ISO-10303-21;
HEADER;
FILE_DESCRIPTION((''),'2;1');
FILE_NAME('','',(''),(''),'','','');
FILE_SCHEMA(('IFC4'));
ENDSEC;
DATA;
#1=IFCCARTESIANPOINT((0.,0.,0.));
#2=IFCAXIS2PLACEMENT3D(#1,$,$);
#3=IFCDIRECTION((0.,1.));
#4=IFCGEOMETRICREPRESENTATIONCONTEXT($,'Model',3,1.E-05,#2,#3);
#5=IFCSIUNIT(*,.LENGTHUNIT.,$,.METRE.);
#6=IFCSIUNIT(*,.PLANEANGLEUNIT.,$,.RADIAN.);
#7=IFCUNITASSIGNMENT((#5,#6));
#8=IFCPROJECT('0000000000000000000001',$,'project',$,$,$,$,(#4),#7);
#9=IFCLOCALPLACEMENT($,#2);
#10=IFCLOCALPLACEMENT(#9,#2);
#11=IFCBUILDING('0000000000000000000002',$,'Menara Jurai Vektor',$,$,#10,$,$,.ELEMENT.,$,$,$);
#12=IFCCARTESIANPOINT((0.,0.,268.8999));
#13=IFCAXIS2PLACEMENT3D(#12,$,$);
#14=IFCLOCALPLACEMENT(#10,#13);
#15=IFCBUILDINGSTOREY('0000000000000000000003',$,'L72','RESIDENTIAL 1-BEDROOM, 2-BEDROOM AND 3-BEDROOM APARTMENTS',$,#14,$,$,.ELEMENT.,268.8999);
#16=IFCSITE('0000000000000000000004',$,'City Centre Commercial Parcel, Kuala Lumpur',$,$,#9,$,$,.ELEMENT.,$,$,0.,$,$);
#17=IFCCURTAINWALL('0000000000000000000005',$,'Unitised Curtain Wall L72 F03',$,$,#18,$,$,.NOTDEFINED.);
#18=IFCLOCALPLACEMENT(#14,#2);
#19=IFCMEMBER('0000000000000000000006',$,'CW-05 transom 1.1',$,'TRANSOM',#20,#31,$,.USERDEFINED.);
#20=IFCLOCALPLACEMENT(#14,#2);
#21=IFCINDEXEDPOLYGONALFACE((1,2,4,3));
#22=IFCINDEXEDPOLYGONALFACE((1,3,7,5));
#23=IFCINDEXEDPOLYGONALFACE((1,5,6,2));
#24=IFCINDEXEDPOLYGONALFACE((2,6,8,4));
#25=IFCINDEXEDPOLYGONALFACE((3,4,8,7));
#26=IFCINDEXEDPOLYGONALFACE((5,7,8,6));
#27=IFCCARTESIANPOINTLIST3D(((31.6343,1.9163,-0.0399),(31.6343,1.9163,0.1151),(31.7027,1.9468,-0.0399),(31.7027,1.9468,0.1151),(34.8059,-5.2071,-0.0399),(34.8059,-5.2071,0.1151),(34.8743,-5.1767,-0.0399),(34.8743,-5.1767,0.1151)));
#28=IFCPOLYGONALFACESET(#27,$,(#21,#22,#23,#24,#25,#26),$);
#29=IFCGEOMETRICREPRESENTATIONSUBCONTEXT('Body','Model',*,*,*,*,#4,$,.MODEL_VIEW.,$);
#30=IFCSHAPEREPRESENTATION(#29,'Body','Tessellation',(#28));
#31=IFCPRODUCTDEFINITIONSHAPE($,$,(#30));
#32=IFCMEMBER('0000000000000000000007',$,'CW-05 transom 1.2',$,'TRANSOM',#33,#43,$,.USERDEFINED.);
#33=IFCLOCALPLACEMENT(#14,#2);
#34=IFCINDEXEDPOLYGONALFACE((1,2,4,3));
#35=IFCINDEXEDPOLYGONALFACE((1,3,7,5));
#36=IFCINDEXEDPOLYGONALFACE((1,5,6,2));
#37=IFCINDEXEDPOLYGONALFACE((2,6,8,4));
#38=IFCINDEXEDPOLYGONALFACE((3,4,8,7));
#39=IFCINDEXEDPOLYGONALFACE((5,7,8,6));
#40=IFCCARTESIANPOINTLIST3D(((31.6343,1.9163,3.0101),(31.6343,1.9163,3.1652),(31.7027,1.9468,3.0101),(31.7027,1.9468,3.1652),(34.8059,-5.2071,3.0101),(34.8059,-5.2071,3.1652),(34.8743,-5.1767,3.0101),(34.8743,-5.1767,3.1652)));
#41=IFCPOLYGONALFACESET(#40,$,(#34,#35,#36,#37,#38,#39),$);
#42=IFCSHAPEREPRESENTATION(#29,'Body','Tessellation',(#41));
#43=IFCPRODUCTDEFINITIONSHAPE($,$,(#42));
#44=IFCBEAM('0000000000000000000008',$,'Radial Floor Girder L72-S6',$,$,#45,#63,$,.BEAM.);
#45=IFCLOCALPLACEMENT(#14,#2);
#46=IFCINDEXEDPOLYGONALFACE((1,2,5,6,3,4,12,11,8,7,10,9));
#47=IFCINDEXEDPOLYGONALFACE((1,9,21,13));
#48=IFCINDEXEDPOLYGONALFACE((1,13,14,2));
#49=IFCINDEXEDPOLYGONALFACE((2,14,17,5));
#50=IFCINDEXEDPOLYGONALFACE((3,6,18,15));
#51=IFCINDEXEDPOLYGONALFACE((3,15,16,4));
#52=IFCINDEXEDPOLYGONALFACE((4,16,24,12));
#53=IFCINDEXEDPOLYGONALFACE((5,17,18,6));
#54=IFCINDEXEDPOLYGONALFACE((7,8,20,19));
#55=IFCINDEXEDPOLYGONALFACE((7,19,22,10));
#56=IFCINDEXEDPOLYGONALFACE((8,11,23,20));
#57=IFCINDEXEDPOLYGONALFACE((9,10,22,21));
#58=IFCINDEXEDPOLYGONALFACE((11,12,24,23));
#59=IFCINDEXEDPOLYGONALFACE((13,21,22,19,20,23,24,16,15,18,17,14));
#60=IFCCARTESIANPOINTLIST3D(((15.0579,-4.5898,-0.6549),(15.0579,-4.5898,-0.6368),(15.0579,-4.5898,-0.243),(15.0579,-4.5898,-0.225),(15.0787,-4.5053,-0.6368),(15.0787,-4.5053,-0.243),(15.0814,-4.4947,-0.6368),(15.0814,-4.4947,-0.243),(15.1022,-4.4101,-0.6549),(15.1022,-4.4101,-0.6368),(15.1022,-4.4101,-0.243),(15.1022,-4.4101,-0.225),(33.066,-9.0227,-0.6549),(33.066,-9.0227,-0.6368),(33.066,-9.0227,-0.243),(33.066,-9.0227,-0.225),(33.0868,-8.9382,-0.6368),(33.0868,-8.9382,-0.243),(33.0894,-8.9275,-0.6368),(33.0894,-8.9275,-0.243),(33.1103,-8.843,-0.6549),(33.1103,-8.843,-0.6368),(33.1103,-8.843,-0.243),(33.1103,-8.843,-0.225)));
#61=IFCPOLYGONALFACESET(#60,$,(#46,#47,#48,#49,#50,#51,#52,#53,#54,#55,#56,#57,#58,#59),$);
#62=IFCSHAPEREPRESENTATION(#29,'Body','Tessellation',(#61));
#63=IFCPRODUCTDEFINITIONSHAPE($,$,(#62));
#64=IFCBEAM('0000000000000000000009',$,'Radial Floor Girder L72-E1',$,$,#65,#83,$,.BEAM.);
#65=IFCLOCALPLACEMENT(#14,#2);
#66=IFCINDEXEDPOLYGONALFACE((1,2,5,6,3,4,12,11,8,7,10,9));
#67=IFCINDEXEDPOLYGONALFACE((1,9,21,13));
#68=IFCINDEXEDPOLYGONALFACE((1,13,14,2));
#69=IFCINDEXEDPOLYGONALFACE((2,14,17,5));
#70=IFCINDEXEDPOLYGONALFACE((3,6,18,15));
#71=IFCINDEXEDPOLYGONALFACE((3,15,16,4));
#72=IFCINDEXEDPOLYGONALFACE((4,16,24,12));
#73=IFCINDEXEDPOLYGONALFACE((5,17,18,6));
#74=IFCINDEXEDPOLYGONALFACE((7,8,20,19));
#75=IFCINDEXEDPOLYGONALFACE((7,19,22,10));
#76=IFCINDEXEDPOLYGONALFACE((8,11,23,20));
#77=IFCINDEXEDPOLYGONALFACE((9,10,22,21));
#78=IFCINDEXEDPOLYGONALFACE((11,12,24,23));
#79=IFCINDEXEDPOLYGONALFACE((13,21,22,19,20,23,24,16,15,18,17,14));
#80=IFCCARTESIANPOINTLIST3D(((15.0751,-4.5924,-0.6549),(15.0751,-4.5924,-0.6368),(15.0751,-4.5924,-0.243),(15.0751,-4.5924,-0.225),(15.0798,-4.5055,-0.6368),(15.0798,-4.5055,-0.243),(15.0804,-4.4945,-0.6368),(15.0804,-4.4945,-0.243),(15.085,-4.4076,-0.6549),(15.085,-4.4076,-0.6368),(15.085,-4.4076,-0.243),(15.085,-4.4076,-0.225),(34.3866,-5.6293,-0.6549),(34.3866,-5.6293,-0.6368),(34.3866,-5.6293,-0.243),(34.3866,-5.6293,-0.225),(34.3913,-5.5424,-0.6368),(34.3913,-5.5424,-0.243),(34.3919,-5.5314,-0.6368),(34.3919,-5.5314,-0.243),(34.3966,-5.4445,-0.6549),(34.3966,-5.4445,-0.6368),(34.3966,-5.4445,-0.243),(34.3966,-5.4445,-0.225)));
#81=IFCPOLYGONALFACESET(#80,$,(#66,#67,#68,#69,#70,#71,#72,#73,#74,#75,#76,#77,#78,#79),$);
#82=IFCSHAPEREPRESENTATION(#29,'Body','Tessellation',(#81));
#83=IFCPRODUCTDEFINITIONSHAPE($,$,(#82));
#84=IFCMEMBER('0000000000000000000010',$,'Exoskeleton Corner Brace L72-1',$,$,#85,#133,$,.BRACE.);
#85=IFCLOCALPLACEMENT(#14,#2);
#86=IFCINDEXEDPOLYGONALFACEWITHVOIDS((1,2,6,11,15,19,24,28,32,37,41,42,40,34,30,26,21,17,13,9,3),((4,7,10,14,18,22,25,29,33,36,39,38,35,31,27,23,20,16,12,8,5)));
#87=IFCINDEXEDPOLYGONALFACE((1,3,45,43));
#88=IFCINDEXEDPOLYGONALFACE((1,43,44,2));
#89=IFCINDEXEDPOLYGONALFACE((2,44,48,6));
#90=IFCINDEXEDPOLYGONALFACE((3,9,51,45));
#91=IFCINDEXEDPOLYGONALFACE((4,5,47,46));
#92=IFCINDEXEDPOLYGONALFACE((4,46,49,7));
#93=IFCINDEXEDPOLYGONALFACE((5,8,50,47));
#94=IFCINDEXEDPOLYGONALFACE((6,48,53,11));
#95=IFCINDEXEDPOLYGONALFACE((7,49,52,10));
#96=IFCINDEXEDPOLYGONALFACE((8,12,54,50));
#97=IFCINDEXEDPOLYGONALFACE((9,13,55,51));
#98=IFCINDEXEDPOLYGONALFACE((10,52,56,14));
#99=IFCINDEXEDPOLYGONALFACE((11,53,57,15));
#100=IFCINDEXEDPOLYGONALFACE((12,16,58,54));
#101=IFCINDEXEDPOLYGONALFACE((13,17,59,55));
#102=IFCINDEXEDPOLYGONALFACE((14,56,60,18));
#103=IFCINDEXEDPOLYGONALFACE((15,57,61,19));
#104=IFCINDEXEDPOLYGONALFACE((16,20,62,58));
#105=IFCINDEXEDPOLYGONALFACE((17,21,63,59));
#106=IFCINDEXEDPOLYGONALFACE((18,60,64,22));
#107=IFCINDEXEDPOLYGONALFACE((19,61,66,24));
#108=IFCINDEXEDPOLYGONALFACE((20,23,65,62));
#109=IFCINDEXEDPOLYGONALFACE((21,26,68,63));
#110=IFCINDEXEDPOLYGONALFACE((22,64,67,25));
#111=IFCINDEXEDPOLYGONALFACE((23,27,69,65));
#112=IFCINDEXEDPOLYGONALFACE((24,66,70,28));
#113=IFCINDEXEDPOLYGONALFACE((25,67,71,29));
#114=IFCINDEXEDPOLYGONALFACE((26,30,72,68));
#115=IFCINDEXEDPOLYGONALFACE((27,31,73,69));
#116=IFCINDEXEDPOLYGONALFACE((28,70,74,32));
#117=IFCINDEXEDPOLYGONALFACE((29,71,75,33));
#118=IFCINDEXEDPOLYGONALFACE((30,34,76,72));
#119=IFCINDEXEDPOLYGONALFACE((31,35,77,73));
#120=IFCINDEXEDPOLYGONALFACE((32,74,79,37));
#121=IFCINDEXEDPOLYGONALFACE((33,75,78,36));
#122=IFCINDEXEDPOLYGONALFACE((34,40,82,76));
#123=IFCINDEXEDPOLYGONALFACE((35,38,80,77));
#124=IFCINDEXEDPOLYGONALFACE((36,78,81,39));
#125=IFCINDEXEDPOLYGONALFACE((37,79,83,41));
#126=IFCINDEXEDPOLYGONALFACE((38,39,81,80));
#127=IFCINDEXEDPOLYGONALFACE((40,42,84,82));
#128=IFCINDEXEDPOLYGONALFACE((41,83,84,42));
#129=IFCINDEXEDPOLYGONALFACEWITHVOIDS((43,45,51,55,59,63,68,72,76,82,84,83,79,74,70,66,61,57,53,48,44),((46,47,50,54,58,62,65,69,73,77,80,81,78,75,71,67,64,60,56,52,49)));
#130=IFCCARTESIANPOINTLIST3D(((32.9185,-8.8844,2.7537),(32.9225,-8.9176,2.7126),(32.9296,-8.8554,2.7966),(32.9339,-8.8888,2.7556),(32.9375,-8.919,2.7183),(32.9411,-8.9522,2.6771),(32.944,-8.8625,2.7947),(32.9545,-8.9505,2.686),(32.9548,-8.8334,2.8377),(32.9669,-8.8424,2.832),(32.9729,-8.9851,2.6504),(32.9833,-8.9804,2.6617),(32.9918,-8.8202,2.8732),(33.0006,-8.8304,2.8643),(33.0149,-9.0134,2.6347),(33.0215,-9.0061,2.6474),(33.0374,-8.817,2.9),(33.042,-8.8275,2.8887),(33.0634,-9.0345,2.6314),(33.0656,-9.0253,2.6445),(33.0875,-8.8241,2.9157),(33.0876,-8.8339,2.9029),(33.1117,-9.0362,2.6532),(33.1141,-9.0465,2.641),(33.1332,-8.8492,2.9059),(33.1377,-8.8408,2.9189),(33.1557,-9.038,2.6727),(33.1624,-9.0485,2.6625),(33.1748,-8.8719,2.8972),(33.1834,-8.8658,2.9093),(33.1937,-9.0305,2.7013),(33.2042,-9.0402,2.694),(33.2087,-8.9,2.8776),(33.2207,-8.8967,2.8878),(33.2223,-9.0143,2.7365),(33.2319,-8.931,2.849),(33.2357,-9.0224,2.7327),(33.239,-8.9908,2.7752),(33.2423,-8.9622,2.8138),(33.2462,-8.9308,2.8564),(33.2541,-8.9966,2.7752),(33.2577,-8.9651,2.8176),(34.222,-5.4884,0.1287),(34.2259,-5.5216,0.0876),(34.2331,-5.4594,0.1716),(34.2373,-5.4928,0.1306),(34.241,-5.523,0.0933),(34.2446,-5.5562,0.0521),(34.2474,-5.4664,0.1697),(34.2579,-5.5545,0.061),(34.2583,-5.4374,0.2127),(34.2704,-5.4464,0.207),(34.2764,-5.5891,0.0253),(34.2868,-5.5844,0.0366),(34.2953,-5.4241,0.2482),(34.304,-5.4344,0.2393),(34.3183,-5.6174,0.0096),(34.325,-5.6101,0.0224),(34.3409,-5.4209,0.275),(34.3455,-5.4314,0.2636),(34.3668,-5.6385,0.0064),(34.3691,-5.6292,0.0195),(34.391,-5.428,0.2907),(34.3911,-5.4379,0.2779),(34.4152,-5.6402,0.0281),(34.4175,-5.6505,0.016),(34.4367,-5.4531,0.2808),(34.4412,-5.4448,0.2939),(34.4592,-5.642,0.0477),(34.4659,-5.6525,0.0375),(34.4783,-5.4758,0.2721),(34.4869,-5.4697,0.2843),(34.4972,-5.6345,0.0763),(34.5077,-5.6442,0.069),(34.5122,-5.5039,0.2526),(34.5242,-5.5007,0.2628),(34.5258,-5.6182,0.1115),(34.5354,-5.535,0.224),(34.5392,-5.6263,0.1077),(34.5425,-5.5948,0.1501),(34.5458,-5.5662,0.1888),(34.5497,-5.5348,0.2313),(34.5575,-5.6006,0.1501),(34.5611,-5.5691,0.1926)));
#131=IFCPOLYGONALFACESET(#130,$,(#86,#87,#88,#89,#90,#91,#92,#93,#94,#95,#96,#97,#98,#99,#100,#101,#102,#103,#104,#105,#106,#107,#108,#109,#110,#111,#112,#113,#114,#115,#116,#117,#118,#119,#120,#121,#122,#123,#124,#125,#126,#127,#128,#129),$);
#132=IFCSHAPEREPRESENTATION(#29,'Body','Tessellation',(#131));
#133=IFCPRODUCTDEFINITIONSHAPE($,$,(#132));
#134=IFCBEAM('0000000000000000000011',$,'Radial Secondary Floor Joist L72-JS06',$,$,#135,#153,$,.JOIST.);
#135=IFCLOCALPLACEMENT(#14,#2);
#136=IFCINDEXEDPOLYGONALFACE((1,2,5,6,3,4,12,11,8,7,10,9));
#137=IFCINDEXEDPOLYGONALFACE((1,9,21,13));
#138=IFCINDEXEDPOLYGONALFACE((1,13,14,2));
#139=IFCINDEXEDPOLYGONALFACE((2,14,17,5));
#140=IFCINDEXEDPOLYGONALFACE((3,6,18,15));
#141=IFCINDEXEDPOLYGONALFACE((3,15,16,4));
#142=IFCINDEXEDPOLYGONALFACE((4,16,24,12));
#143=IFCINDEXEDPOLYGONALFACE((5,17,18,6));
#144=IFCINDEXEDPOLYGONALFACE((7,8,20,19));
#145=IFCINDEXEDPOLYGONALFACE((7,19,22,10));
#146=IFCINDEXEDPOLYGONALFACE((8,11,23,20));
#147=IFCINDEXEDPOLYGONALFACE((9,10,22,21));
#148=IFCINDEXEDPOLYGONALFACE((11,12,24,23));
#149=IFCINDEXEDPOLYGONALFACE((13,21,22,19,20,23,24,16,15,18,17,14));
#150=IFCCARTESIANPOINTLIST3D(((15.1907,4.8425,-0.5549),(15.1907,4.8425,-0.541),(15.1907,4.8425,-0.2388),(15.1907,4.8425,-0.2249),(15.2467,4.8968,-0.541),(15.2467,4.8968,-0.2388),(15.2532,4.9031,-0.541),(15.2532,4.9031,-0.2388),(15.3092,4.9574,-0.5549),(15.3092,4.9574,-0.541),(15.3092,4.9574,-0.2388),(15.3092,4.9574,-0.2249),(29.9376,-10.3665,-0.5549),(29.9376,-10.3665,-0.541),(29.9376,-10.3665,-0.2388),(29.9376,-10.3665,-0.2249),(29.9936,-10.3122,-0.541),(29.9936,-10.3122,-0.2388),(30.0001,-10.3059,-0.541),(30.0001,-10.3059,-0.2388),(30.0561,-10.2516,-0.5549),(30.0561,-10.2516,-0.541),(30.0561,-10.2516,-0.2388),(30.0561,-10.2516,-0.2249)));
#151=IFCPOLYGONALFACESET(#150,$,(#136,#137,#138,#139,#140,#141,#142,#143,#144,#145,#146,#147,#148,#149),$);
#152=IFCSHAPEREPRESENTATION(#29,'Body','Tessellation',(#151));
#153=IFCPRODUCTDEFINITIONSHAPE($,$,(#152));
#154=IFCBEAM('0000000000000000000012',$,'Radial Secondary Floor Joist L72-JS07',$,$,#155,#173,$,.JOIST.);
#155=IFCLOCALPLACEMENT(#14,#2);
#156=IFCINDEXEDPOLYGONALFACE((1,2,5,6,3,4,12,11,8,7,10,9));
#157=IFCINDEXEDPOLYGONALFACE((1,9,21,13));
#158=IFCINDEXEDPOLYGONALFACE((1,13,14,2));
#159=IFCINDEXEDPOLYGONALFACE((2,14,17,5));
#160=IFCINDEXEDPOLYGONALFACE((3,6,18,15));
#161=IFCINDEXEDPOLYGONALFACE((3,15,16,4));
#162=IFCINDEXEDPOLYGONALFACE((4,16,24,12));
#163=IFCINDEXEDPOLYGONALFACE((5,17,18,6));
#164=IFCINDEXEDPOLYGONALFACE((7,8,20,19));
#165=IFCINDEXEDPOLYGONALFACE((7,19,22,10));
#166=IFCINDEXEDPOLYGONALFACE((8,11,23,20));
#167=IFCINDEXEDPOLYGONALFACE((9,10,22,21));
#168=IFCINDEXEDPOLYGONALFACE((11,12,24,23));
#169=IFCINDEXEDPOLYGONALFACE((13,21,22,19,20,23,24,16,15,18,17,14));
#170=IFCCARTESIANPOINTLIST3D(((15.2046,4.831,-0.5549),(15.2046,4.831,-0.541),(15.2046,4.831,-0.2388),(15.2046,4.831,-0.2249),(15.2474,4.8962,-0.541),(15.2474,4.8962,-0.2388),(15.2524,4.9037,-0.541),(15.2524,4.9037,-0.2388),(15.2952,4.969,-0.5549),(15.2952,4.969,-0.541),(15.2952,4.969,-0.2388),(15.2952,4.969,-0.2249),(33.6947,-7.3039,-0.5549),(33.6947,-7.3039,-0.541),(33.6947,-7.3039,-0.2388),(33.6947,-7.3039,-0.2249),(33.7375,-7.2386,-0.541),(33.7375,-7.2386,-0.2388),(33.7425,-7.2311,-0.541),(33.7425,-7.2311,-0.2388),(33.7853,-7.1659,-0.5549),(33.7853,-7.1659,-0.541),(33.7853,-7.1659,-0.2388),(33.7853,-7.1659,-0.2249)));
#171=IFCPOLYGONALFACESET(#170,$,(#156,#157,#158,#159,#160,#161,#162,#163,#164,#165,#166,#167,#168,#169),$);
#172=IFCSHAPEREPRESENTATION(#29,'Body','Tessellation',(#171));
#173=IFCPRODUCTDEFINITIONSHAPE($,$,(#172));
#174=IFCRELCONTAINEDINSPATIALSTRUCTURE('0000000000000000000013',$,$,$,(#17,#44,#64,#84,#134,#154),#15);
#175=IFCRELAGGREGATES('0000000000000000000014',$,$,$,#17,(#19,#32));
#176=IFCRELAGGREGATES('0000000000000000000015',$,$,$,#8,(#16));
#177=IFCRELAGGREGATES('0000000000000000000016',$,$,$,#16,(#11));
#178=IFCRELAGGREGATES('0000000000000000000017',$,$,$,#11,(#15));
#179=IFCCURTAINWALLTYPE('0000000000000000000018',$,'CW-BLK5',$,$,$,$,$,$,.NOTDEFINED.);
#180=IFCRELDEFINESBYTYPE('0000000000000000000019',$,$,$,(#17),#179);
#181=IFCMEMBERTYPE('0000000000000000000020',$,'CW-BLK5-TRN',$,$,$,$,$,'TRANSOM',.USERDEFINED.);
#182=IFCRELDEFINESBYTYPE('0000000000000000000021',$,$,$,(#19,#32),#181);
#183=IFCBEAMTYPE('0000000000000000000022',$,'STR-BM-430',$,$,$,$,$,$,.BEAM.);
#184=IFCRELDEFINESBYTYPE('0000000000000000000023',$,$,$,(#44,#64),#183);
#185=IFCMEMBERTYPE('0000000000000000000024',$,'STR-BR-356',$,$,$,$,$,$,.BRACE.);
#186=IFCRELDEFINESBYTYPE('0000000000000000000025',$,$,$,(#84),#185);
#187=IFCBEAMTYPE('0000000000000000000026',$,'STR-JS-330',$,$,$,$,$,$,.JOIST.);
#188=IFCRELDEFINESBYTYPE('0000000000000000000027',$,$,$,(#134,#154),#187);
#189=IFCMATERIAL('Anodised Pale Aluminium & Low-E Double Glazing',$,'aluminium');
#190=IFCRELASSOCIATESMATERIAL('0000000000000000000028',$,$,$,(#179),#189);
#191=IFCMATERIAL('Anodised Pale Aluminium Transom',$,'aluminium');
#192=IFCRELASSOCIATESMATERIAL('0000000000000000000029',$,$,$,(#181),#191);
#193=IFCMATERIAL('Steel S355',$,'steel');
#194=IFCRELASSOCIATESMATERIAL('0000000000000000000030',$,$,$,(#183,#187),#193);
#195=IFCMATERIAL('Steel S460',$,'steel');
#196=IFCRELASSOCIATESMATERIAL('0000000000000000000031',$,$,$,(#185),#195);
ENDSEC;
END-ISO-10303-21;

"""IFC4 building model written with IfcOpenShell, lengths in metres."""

from ifc_helpers import new_model, si_unit, direction, frame, origin, origin_2d, place, context, subcontext, project, spatial, rectangle, hollow_circle, i_section, extrude, material, material_profile, profile_set, type_object, element, aggregate, save


model = new_model("IFC4")

# Units and contexts
model_context = context("Model", 3, precision=1e-05, world=origin(), true_north=direction((0.0, 1.0)))
body_context = subcontext(model_context, "Body", "Model", "MODEL_VIEW")
ifc_project = project(units=[si_unit("LENGTHUNIT", "METRE"), si_unit("PLANEANGLEUNIT", "RADIAN")], contexts=[model_context])

# Site, building, storey
site_placement = place(None, origin())
site = spatial("IfcSite", under=ifc_project, at=site_placement, Name="City Centre Commercial Parcel, Kuala Lumpur", CompositionType="ELEMENT", RefElevation=0.0)
building_placement = place(site_placement, origin())
building = spatial("IfcBuilding", under=site, at=building_placement, Name="Menara Jurai Vektor", CompositionType="ELEMENT")
storey_placement = place(building_placement, frame((0.0, 0.0, 268.8999)))
storey = spatial("IfcBuildingStorey", under=building, at=storey_placement, Name="L72", Description="RESIDENTIAL 1-BEDROOM, 2-BEDROOM AND 3-BEDROOM APARTMENTS", CompositionType="ELEMENT", Elevation=268.8999)

# Shared definitions
ifc_material_1 = material(Name="Steel S460", Category="steel")

# Shared definitions
ifc_material_2 = material(Name="Anodised Pale Aluminium & Low-E Double Glazing", Category="aluminium")
curtain_wall_type = type_object("IfcCurtainWallType", Name="CW-BLK5", PredefinedType="NOTDEFINED", material=ifc_material_2)

# Curtain wall
curtain_wall_1_placement = place(storey_placement, origin())
curtain_wall_1 = element("IfcCurtainWall", 1, at=curtain_wall_1_placement, inside=storey, type_object=curtain_wall_type, Name="Unitised Curtain Wall L72 F03", PredefinedType="NOTDEFINED")

# Members
ifc_material_3 = material(Name="Anodised Pale Aluminium Transom", Category="aluminium")
ifc_material_profile_1 = material_profile(ifc_material_3, rectangle(XDim=0.075, YDim=0.155, at=origin_2d()), Name="ALU TRN 75x155")
ifc_profile_set_1 = profile_set([ifc_material_profile_1], Name="Anodised Pale Aluminium Transom")
member_type_1 = type_object("IfcMemberType", Name="CW-BLK5-TRN", ElementType="TRANSOM", PredefinedType="USERDEFINED", material=ifc_profile_set_1)
member_1_placement = place(storey_placement, frame((34.8401, -5.1919, 0.0376), z_axis=(-0.40674, 0.913544, 0.0), x_axis=(-0.913544, -0.40674, 0.0)))
member_1 = element("IfcMember", 2, at=member_1_placement, type_object=member_type_1, Name="CW-05 transom 1.1", ObjectType="TRANSOM", PredefinedType="USERDEFINED", context=body_context, shape_type="SweptSolid", body=[
    extrude(rectangle(XDim=0.075, YDim=0.155, at=origin_2d()), origin(), (0.0, 0.0, 1.0), 7.7976),
])
member_2_placement = place(storey_placement, frame((34.8401, -5.1919, 3.0876), z_axis=(-0.40674, 0.913544, 0.0), x_axis=(-0.913544, -0.40674, 0.0)))
member_2 = element("IfcMember", 3, at=member_2_placement, type_object=member_type_1, Name="CW-05 transom 1.2", ObjectType="TRANSOM", PredefinedType="USERDEFINED", context=body_context, shape_type="SweptSolid", body=[
    extrude(rectangle(XDim=0.075, YDim=0.155, at=origin_2d()), origin(), (0.0, 0.0, 1.0), 7.7976),
])

# Beams
ifc_material_4 = material(Name="Steel S355", Category="steel")
ifc_material_profile_2 = material_profile(ifc_material_4, i_section(OverallWidth=0.1851, OverallDepth=0.4299, WebThickness=0.011, FlangeThickness=0.0181, at=origin_2d()), Name="PG 430x185x76")
ifc_profile_set_2 = profile_set([ifc_material_profile_2], Name="Steel S355")
beam_type_1 = type_object("IfcBeamType", Name="STR-BM-430", PredefinedType="BEAM", material=ifc_profile_set_2)
beam_1_placement = place(storey_placement, frame((33.0881, -8.9329, -0.4399), z_axis=(-0.971014, 0.239025, 0.0), x_axis=(-0.239025, -0.971014, 0.0)))
element("IfcBeam", 4, at=beam_1_placement, inside=storey, type_object=beam_type_1, Name="Radial Floor Girder L72-S6", PredefinedType="BEAM", context=body_context, shape_type="SweptSolid", body=[
    extrude(i_section(OverallWidth=0.1851, OverallDepth=0.4299, WebThickness=0.011, FlangeThickness=0.0181, at=origin_2d()), origin(), (0.0, 0.0, 1.0), 18.5457),
])
beam_2_placement = place(storey_placement, frame((34.3916, -5.5369, -0.4399), z_axis=(-0.998562, 0.053614, 0.0), x_axis=(-0.053614, -0.998562, 0.0)))
element("IfcBeam", 5, at=beam_2_placement, inside=storey, type_object=beam_type_1, Name="Radial Floor Girder L72-E1", PredefinedType="BEAM", context=body_context, shape_type="SweptSolid", body=[
    extrude(i_section(OverallWidth=0.1851, OverallDepth=0.4299, WebThickness=0.011, FlangeThickness=0.0181, at=origin_2d()), origin(), (0.0, 0.0, 1.0), 19.3394),
])

# Member
ifc_material_profile_3 = material_profile(ifc_material_1, hollow_circle(Radius=0.1777, WallThickness=0.0161, at=origin_2d()), Name="CHS 355.6x16")
ifc_profile_set_3 = profile_set([ifc_material_profile_3], Name="Steel S460")
member_type_2 = type_object("IfcMemberType", Name="STR-BR-356", PredefinedType="BRACE", material=ifc_profile_set_3)
member_3_placement = place(storey_placement, frame((34.3916, -5.5369, 0.1501), z_axis=(-0.290576, -0.757054, 0.585179), x_axis=(0.933593, -0.358336, 0.0)))
element("IfcMember", 6, at=member_3_placement, inside=storey, type_object=member_type_2, Name="Exoskeleton Corner Brace L72-1", PredefinedType="BRACE", context=body_context, shape_type="SweptSolid", body=[
    extrude(hollow_circle(Radius=0.1777, WallThickness=0.0161, at=origin_2d()), origin(), (0.0, 0.0, 1.0), 4.4858),
])

# Beams
ifc_material_profile_4 = material_profile(ifc_material_4, i_section(OverallWidth=0.165, OverallDepth=0.3301, WebThickness=0.009, FlangeThickness=0.0139, at=origin_2d()), Name="PG 330x165x46")
ifc_profile_set_4 = profile_set([ifc_material_profile_4], Name="Steel S355")
beam_type_2 = type_object("IfcBeamType", Name="STR-JS-330", PredefinedType="JOIST", material=ifc_profile_set_4)
beam_3_placement = place(storey_placement, frame((29.9968, -10.3091, -0.3899), z_axis=(-0.696115, 0.717931, 0.0), x_axis=(-0.717931, -0.696115, 0.0)))
element("IfcBeam", 7, at=beam_3_placement, inside=storey, type_object=beam_type_2, Name="Radial Secondary Floor Joist L72-JS06", PredefinedType="JOIST", context=body_context, shape_type="SweptSolid", body=[
    extrude(i_section(OverallWidth=0.165, OverallDepth=0.3301, WebThickness=0.009, FlangeThickness=0.0139, at=origin_2d()), origin(), (0.0, 0.0, 1.0), 21.1846),
])
beam_4_placement = place(storey_placement, frame((33.74, -7.2349, -0.3899), z_axis=(-0.836033, 0.548679, 0.0), x_axis=(-0.548679, -0.836033, 0.0)))
element("IfcBeam", 8, at=beam_4_placement, inside=storey, type_object=beam_type_2, Name="Radial Secondary Floor Joist L72-JS07", PredefinedType="JOIST", context=body_context, shape_type="SweptSolid", body=[
    extrude(i_section(OverallWidth=0.165, OverallDepth=0.3301, WebThickness=0.009, FlangeThickness=0.0139, at=origin_2d()), origin(), (0.0, 0.0, 1.0), 22.1165),
])

aggregate(curtain_wall_1, [member_1, member_2])

save(model, "model.ifc")
